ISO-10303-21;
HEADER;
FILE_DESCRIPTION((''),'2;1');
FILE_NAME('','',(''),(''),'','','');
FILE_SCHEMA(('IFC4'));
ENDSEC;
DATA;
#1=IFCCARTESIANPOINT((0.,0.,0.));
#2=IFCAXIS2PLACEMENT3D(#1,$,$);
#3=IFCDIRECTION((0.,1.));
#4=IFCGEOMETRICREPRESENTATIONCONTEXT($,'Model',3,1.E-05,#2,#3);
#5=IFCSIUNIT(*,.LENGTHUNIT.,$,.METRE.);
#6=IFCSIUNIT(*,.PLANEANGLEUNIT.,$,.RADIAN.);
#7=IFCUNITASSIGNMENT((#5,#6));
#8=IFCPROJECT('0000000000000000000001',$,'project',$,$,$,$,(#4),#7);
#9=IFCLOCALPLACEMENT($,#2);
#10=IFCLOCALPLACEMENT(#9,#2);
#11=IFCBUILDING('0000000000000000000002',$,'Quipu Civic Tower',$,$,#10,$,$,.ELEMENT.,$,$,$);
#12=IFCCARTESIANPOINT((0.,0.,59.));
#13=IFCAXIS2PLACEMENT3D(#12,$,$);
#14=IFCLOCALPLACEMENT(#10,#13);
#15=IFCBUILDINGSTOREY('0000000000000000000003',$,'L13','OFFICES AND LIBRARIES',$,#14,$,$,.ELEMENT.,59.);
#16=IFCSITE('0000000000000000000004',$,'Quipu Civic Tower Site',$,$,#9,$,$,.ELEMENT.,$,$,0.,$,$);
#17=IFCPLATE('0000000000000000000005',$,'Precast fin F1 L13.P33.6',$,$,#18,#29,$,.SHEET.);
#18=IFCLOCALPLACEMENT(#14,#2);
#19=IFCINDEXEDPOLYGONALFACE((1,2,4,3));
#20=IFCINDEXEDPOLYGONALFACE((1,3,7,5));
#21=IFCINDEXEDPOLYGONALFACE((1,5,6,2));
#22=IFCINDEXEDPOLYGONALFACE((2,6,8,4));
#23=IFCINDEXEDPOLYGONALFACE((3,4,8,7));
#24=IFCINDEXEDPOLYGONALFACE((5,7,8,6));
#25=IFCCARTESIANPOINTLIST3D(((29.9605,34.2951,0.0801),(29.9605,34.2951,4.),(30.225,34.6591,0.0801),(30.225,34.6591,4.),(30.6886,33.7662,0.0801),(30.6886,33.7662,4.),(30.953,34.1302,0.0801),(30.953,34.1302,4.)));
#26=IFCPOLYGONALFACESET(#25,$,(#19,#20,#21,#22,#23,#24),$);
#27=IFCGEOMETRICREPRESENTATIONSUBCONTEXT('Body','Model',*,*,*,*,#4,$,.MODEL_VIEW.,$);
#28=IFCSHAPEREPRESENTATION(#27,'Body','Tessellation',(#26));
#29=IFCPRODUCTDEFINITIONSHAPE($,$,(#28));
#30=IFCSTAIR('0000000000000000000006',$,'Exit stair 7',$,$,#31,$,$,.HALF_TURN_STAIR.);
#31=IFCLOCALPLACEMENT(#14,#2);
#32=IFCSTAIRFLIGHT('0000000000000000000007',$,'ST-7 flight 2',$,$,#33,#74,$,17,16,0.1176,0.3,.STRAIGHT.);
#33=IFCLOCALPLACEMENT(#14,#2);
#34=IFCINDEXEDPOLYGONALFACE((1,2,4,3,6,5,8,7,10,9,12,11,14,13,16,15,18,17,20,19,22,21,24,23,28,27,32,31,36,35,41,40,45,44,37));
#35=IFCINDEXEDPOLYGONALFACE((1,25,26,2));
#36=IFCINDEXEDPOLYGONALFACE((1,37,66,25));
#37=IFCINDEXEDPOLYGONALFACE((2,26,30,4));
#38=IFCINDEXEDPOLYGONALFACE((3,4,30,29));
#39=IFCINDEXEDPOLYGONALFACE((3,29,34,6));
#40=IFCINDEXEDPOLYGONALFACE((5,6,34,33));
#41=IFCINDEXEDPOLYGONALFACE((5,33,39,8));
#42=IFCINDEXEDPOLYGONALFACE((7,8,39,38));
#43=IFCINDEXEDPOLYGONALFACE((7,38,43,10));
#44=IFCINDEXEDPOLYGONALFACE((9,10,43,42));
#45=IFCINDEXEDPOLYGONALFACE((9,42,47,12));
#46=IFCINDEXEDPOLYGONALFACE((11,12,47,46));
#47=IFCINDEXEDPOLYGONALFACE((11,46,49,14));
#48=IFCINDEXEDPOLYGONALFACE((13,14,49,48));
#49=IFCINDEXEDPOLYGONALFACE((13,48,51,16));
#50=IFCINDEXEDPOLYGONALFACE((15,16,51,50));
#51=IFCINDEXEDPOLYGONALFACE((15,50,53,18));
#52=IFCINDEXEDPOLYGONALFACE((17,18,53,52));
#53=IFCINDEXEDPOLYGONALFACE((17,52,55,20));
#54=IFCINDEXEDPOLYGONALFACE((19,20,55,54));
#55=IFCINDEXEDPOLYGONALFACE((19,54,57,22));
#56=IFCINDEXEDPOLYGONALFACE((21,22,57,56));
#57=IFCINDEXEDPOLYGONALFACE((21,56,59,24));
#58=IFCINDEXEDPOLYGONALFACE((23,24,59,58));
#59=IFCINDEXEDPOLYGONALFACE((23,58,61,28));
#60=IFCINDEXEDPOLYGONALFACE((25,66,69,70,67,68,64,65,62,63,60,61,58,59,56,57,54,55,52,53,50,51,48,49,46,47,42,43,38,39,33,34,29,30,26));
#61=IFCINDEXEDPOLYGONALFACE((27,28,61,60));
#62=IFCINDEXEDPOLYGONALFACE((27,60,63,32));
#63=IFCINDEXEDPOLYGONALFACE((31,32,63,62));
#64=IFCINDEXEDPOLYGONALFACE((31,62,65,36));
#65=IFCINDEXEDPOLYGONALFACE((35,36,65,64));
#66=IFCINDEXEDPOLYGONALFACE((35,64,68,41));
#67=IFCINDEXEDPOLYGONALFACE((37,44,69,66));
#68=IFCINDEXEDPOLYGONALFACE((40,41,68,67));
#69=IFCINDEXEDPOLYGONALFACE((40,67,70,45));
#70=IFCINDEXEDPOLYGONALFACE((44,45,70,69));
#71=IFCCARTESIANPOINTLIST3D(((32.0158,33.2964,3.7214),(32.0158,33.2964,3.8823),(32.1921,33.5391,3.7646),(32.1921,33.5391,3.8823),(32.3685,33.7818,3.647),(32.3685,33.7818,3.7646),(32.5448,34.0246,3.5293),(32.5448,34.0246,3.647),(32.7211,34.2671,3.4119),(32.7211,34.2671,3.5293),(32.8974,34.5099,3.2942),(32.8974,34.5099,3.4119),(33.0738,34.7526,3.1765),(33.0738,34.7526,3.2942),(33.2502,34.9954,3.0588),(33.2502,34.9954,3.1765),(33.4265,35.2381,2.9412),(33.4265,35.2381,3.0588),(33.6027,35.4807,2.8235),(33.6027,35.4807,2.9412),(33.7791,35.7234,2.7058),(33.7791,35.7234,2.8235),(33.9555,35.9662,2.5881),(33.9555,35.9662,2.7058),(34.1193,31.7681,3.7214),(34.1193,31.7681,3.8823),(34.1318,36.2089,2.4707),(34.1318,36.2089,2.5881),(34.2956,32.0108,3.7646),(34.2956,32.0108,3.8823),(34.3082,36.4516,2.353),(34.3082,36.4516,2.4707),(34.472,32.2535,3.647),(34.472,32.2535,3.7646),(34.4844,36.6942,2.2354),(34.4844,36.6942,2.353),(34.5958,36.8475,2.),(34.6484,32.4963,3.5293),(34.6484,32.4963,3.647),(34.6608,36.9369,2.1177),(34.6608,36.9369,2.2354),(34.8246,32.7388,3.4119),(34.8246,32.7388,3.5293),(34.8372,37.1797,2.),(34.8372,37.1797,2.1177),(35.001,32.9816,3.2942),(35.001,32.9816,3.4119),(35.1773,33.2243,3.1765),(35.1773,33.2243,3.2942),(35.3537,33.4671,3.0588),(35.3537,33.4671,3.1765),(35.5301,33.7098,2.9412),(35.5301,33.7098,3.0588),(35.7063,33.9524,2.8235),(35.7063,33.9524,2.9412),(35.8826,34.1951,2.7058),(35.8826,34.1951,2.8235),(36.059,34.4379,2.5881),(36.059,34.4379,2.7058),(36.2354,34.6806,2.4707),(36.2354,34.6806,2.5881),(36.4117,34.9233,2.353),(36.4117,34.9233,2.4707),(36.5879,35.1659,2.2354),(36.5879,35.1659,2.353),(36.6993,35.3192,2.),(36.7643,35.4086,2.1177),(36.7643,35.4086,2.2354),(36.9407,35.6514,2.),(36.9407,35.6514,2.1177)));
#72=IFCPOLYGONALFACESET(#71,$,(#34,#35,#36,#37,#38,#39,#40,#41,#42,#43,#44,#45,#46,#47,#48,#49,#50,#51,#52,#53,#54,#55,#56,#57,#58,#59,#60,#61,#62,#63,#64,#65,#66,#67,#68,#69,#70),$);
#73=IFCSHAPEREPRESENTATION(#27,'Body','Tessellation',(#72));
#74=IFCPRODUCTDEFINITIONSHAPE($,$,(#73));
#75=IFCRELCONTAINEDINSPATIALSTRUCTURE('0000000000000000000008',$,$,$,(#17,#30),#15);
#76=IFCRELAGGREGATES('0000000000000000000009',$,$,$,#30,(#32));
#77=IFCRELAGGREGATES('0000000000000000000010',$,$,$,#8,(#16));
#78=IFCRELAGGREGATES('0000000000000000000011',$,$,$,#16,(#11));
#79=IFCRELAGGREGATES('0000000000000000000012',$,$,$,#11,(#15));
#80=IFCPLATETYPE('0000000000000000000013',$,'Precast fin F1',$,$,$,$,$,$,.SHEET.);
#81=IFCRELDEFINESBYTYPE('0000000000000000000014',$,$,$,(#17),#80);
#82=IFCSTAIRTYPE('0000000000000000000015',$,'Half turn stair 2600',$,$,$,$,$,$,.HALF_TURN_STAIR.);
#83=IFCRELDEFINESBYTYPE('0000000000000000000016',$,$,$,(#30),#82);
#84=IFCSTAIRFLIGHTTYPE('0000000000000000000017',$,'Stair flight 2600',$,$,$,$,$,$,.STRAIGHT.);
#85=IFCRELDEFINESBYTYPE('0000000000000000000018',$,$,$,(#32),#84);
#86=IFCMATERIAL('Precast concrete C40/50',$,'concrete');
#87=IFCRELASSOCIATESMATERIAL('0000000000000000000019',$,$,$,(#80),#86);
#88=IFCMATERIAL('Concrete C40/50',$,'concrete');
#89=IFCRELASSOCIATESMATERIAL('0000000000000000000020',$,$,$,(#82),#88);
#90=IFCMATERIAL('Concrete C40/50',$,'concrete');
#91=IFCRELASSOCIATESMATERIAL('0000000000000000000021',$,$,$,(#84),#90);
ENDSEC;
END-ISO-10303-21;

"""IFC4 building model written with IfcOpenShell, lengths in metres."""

from ifc_helpers import new_model, si_unit, direction, frame, origin, origin_2d, place, context, subcontext, project, spatial, polyline, rectangle, outline, extrude, material, type_object, element, aggregate, save


model = new_model("IFC4")

# Units and contexts
model_context = context("Model", 3, precision=1e-05, world=origin(), true_north=direction((0.0, 1.0)))
body_context = subcontext(model_context, "Body", "Model", "MODEL_VIEW")
ifc_project = project(units=[si_unit("LENGTHUNIT", "METRE"), si_unit("PLANEANGLEUNIT", "RADIAN")], contexts=[model_context])

# Site, building, storey
site_placement = place(None, origin())
site = spatial("IfcSite", under=ifc_project, at=site_placement, Name="Quipu Civic Tower Site", CompositionType="ELEMENT", RefElevation=0.0)
building_placement = place(site_placement, origin())
building = spatial("IfcBuilding", under=site, at=building_placement, Name="Quipu Civic Tower", CompositionType="ELEMENT")
storey_placement = place(building_placement, frame((0.0, 0.0, 59.0)))
storey = spatial("IfcBuildingStorey", under=building, at=storey_placement, Name="L13", Description="OFFICES AND LIBRARIES", CompositionType="ELEMENT", Elevation=59.0)

# Plate
ifc_material_1 = material(Name="Precast concrete C40/50", Category="concrete")
plate_type_1 = type_object("IfcPlateType", Name="Precast fin F1", PredefinedType="SHEET", material=ifc_material_1)
for number, where, z_axis, x_axis, name in (
    (1, (30.4568, 34.2126, 0.0801), (0.0, 0.0, 1.0), (-0.587785, -0.809017, 0.0), "Precast fin F1 L13.P33.6"),
):
    element("IfcPlate", number, at=place(storey_placement, frame(where, z_axis=z_axis, x_axis=x_axis)), inside=storey, type_object=plate_type_1, Name=name, PredefinedType="SHEET", context=body_context, shape_type="SweptSolid", body=[
        extrude(rectangle(XDim=0.45, YDim=0.8999, at=origin_2d()), origin(), (0.0, 0.0, 1.0), 3.9199),
    ])

# Stair, stair flight
ifc_material_2 = material(Name="Concrete C40/50", Category="concrete")
stair_type = type_object("IfcStairType", Name="Half turn stair 2600", PredefinedType="HALF_TURN_STAIR", material=ifc_material_2)
stair_placement = place(storey_placement, origin())
stair = element("IfcStair", 2, at=stair_placement, inside=storey, type_object=stair_type, Name="Exit stair 7", PredefinedType="HALF_TURN_STAIR")
ifc_material_3 = material(Name="Concrete C40/50", Category="concrete")
stair_flight_type = type_object("IfcStairFlightType", Name="Stair flight 2600", PredefinedType="STRAIGHT", material=ifc_material_3)
stair_flight_placement = place(storey_placement, frame((35.8889, 36.4155, 2.0), z_axis=(0.0, 0.0, 1.0), x_axis=(-0.587785, -0.809017, 0.0)))
stair_flight = element("IfcStairFlight", 3, at=stair_flight_placement, type_object=stair_flight_type, Name="ST-7 flight 2", NumberOfRisers=17, NumberOfTreads=16, PredefinedType="STRAIGHT", RiserHeight=0.1176, TreadLength=0.3, context=body_context, shape_type="SweptSolid", body=[
    extrude(outline(polyline([(0.0, 0.0), (0.0, 0.1177), (0.3, 0.1177), (0.3, 0.2354), (0.6001, 0.2354), (0.6001, 0.353), (0.8999, 0.353), (0.8999, 0.4707), (1.2, 0.4707), (1.2, 0.5881), (1.5, 0.5881), (1.5, 0.7058), (1.8, 0.7058), (1.8, 0.8235), (2.1001, 0.8235), (2.1001, 0.9412), (2.3999, 0.9412), (2.3999, 1.0588), (2.7, 1.0588), (2.7, 1.1765), (3.0, 1.1765), (3.0, 1.2942), (3.3, 1.2942), (3.3, 1.4119), (3.6001, 1.4119), (3.6001, 1.5293), (3.8999, 1.5293), (3.8999, 1.647), (4.2, 1.647), (4.2, 1.7646), (4.5, 1.7646), (4.5, 1.8823), (4.8, 1.8823), (4.8, 2.0), (4.8, 1.7214), (0.4106, 0.0), (0.0, 0.0)])), frame((0.0, 1.3, 0.0), z_axis=(0.0, -1.0, 0.0), x_axis=(1.0, 0.0, 0.0)), (0.0, 0.0, 1.0), 2.6001),
])
aggregate(stair, [stair_flight])

save(model, "model.ifc")
